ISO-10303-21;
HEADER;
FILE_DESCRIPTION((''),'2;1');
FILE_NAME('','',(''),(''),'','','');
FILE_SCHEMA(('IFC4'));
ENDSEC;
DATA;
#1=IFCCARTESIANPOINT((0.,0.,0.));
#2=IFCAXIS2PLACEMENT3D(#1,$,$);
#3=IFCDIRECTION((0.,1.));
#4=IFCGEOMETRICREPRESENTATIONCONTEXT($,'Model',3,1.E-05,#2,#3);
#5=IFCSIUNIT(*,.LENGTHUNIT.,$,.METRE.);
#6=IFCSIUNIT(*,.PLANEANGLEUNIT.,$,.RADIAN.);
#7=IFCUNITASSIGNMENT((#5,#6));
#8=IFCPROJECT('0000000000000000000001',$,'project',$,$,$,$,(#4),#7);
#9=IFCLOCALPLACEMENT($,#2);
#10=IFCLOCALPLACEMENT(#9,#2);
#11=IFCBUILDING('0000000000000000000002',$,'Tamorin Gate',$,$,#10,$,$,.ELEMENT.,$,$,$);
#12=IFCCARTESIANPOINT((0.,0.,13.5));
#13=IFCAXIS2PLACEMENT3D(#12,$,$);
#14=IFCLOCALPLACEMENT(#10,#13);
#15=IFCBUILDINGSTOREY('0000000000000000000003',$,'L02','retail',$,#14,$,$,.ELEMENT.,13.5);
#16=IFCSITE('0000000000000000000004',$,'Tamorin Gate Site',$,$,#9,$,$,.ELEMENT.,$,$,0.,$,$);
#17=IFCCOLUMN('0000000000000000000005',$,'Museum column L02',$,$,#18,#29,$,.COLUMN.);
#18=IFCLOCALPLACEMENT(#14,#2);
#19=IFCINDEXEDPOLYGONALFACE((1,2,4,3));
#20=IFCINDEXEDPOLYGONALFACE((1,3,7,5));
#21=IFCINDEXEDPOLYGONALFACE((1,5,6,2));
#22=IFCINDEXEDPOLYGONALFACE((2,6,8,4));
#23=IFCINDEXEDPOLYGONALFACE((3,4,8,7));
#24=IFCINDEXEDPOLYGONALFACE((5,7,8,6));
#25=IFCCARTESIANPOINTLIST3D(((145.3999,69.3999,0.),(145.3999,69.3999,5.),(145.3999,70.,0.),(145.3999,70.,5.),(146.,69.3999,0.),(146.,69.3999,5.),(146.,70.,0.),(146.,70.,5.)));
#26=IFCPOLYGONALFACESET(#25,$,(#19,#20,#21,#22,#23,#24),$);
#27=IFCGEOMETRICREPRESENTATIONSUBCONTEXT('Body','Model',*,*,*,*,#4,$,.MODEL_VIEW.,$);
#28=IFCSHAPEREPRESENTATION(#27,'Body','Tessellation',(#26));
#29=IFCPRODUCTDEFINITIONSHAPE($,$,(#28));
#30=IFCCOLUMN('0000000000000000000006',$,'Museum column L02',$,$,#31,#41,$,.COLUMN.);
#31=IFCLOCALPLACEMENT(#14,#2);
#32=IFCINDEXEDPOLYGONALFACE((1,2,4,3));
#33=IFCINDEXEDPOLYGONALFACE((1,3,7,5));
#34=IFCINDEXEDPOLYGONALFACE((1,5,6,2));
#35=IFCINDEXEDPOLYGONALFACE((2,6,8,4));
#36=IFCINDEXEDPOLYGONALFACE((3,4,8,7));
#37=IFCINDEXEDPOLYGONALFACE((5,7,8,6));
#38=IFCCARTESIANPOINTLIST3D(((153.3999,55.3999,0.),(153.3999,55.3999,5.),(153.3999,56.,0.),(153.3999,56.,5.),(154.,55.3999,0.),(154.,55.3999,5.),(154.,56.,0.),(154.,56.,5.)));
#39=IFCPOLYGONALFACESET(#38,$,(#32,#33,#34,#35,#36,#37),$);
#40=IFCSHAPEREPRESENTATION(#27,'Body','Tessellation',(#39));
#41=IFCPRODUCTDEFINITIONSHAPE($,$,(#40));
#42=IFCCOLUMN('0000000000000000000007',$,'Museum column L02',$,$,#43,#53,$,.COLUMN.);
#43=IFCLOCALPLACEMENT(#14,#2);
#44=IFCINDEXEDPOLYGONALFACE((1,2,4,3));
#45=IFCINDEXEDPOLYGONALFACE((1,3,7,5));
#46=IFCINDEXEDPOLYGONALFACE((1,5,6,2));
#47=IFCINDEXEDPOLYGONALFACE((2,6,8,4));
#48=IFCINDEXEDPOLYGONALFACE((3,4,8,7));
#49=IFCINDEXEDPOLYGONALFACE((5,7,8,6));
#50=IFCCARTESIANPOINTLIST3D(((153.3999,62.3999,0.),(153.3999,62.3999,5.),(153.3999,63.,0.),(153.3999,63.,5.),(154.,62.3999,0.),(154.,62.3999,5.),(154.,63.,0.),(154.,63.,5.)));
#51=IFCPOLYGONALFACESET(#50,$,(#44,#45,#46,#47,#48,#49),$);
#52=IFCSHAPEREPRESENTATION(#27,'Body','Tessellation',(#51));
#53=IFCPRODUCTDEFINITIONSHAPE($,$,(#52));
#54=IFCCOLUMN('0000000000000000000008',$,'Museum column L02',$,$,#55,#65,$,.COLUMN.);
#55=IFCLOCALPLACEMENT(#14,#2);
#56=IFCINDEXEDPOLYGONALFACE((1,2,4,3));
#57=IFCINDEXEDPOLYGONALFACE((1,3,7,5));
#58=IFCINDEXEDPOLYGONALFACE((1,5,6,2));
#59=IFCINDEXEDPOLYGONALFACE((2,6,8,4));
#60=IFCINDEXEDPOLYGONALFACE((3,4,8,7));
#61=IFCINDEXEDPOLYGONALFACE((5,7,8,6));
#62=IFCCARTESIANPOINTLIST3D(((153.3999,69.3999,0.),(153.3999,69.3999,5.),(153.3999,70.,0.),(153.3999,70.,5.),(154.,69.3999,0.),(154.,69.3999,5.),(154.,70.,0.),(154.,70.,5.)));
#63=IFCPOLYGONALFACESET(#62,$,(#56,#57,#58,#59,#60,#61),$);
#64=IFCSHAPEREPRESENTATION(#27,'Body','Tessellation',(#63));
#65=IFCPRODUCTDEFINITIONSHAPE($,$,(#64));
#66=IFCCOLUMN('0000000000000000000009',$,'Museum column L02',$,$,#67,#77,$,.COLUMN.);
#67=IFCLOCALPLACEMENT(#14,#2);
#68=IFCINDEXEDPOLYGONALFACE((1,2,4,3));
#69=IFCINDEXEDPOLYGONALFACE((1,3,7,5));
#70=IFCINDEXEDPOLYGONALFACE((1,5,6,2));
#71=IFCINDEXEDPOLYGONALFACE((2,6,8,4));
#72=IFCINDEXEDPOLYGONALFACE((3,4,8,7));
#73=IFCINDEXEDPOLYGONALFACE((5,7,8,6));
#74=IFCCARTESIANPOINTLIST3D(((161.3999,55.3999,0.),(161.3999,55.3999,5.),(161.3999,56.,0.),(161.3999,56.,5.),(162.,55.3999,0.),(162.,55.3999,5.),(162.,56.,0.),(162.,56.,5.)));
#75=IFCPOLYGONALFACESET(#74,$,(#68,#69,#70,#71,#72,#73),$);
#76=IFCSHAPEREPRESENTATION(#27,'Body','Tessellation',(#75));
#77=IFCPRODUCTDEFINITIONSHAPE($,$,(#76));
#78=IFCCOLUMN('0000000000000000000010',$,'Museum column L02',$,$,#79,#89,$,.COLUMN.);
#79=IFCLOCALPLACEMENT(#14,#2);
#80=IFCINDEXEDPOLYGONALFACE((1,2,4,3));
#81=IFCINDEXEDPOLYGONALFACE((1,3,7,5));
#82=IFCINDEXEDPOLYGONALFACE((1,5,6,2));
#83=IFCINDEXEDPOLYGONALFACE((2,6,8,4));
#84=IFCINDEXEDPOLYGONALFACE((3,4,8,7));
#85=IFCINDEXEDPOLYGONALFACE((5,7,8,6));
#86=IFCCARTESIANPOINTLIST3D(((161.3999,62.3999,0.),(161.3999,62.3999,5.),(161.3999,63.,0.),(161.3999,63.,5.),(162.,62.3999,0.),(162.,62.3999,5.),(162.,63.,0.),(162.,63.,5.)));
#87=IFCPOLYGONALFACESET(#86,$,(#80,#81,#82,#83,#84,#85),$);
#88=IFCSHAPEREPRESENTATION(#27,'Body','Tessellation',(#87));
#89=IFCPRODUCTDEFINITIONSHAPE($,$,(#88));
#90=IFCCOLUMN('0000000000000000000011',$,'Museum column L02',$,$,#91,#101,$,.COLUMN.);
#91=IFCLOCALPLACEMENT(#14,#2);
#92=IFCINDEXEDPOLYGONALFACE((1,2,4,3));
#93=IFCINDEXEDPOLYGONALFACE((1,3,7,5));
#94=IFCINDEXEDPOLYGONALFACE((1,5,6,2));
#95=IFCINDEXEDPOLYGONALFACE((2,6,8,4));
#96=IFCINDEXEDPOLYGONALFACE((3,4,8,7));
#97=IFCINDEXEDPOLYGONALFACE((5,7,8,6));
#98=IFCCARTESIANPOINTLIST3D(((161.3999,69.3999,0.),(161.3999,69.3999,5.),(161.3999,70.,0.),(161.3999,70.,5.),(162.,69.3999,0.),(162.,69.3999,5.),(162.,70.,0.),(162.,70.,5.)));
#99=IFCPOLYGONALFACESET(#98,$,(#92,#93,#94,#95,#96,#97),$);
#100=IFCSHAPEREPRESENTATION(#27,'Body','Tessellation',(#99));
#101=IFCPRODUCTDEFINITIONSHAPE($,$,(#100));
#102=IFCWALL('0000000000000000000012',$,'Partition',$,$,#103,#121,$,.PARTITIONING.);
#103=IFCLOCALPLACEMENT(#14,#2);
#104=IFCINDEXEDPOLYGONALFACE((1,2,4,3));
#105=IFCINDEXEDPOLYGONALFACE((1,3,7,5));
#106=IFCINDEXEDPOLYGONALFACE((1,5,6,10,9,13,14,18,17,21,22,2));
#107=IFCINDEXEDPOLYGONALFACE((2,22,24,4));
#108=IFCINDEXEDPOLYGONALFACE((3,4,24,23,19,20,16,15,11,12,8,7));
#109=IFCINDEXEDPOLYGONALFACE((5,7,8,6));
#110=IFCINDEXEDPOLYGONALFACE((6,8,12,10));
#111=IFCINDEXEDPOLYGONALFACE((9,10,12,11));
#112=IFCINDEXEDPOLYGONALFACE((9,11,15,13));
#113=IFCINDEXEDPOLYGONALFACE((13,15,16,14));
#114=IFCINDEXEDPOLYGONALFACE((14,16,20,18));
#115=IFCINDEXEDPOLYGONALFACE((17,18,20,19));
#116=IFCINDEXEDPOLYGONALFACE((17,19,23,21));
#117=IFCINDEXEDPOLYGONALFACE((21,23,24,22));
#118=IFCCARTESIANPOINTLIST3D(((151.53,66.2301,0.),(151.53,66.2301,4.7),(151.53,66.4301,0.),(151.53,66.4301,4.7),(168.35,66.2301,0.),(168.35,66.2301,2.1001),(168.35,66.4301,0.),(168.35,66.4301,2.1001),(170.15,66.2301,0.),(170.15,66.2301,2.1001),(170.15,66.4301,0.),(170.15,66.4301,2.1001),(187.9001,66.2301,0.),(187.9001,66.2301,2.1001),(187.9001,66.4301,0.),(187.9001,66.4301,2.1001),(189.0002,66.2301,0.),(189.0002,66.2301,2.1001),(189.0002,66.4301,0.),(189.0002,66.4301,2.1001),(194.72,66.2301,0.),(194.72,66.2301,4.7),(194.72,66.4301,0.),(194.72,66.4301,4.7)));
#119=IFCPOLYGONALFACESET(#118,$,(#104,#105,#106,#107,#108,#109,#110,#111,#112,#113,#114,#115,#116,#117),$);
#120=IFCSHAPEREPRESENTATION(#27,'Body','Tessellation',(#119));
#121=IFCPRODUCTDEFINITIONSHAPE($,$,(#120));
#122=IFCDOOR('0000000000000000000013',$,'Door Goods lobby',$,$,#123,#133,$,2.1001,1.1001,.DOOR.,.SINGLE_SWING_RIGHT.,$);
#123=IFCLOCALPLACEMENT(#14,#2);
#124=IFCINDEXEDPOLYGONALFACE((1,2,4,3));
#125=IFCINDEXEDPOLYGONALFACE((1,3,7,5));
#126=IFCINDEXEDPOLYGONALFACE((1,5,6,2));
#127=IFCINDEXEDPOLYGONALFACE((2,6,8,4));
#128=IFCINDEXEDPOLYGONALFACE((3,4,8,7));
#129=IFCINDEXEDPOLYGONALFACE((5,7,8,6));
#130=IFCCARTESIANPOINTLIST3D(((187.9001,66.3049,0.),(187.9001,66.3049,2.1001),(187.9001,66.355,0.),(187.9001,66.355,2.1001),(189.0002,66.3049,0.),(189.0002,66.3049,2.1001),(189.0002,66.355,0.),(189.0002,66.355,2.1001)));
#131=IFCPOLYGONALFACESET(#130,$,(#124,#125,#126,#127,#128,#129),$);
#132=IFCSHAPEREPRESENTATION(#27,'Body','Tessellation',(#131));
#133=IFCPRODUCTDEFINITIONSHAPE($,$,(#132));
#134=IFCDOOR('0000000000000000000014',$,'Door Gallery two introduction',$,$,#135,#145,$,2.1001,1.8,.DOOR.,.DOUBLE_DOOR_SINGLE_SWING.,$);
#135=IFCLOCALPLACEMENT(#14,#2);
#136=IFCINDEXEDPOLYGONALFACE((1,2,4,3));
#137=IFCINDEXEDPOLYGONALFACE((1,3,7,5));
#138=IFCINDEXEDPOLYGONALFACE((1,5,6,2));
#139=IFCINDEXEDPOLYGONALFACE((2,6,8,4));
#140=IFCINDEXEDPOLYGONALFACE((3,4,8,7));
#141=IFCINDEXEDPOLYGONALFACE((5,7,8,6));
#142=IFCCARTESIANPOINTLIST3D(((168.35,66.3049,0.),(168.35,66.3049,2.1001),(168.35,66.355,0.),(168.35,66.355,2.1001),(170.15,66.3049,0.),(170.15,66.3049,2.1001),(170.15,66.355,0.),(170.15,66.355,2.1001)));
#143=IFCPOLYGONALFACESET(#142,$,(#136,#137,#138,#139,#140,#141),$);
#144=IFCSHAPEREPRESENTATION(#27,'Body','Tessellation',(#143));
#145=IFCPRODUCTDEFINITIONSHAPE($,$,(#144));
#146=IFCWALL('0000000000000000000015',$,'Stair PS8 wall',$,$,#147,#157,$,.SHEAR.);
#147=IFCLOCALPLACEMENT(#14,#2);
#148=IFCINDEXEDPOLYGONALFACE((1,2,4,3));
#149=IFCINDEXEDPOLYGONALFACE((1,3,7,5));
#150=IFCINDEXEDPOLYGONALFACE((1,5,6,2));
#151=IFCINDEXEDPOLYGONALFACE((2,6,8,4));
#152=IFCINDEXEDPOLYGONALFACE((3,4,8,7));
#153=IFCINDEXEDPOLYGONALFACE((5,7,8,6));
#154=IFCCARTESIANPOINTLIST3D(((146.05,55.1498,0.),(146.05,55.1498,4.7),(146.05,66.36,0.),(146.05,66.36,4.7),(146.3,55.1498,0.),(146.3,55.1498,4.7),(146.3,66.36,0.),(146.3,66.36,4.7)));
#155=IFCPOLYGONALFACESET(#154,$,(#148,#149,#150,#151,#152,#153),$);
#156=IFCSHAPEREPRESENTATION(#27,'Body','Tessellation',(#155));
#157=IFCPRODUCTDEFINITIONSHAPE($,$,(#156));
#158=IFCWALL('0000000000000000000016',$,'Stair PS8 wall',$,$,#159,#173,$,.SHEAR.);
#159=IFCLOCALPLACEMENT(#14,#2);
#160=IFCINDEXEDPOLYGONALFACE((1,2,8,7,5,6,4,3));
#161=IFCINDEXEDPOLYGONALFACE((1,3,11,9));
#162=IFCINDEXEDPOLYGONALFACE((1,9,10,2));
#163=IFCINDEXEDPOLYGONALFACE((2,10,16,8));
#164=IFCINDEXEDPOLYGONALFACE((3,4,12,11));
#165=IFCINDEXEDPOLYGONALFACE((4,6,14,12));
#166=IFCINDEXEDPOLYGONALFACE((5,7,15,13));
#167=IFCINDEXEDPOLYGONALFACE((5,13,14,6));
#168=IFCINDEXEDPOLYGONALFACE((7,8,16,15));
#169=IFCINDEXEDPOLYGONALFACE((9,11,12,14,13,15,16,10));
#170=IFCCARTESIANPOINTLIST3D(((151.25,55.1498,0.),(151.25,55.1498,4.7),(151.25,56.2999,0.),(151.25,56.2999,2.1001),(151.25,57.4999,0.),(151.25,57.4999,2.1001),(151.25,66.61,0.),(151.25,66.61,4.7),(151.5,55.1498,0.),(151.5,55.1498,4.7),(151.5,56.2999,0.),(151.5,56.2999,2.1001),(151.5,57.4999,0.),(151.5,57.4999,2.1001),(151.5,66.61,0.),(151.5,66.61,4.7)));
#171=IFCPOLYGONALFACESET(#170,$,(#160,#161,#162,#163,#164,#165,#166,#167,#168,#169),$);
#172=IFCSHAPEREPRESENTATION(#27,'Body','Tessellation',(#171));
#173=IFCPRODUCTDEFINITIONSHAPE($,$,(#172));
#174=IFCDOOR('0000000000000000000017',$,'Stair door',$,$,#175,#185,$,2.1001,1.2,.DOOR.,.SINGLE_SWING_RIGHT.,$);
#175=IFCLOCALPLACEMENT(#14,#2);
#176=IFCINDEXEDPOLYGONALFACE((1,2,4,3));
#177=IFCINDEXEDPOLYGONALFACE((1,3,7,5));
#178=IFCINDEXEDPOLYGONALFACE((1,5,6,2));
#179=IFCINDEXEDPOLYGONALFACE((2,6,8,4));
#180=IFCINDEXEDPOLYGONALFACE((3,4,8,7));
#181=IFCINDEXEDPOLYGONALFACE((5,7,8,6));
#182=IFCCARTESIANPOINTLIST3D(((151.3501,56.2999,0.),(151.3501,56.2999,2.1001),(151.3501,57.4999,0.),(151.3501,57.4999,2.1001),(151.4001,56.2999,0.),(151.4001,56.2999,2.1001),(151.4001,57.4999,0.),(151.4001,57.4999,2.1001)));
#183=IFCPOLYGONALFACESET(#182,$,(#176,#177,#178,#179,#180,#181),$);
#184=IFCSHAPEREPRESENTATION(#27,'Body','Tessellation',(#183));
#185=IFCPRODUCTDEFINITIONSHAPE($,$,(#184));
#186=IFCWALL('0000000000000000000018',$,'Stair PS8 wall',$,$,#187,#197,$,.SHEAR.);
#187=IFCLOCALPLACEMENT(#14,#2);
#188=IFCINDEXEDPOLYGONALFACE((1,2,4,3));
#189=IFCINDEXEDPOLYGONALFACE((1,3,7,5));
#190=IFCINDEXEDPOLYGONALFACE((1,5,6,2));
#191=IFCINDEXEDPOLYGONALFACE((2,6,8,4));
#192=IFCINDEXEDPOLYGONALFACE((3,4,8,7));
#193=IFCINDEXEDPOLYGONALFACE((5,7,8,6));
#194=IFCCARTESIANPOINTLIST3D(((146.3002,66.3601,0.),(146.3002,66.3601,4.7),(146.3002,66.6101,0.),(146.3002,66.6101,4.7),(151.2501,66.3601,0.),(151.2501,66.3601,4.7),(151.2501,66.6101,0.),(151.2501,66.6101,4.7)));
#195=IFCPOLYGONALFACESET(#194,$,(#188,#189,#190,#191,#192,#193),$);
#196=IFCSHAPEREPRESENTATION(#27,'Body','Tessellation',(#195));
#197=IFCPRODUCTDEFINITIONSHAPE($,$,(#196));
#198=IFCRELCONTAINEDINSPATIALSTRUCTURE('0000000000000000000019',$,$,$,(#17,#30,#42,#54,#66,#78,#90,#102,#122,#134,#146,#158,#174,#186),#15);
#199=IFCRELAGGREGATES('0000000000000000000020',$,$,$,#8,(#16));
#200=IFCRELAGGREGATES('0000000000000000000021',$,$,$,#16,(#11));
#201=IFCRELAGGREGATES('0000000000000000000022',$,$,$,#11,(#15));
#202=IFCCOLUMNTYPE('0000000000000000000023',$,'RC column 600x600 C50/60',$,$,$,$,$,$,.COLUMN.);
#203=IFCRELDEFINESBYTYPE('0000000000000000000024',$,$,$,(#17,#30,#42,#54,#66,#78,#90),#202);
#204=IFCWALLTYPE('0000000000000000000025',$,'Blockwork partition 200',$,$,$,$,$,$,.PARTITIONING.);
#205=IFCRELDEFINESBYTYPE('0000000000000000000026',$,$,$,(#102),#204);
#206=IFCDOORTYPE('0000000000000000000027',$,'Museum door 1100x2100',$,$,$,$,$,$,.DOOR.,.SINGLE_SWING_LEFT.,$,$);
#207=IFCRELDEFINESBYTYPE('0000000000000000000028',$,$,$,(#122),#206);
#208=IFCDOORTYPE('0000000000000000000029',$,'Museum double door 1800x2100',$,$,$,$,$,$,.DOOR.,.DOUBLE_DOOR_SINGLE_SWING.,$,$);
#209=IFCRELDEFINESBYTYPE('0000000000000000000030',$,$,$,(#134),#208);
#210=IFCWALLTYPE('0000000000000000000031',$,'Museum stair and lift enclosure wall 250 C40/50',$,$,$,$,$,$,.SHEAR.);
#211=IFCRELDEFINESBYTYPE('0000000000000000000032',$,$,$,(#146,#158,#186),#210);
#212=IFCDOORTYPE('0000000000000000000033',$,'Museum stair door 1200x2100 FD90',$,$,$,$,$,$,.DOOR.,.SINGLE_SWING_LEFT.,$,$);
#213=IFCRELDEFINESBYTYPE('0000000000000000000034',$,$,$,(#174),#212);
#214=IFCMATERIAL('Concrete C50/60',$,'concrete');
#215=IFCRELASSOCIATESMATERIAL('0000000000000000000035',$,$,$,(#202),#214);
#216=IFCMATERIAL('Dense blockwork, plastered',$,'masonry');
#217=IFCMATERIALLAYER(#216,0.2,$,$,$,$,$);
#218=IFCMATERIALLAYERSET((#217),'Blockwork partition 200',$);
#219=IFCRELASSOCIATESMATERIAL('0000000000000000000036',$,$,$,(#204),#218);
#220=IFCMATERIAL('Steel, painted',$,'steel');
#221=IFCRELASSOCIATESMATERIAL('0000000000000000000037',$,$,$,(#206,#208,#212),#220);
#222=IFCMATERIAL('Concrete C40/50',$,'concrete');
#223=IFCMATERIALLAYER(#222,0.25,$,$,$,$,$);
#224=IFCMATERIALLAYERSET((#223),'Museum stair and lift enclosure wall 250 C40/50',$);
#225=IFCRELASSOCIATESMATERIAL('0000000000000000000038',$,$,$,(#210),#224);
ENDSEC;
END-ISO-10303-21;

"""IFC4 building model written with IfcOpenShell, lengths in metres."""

from ifc_helpers import new_model, si_unit, direction, frame, frame_2d, origin, origin_2d, place, context, subcontext, project, spatial, rectangle, extrude, material, layer, layer_set, material_profile, profile_set, type_object, element, fill, save


model = new_model("IFC4")

# Units and contexts
model_context = context("Model", 3, precision=1e-05, world=origin(), true_north=direction((0.0, 1.0)))
body_context = subcontext(model_context, "Body", "Model", "MODEL_VIEW")
ifc_project = project(units=[si_unit("LENGTHUNIT", "METRE"), si_unit("PLANEANGLEUNIT", "RADIAN")], contexts=[model_context])

# Site, building, storey
site_placement = place(None, origin())
site = spatial("IfcSite", under=ifc_project, at=site_placement, Name="Tamorin Gate Site", CompositionType="ELEMENT", RefElevation=0.0)
building_placement = place(site_placement, origin())
building = spatial("IfcBuilding", under=site, at=building_placement, Name="Tamorin Gate", CompositionType="ELEMENT")
storey_placement = place(building_placement, frame((0.0, 0.0, 13.5)))
storey = spatial("IfcBuildingStorey", under=building, at=storey_placement, Name="L02", Description="retail", CompositionType="ELEMENT", Elevation=13.5)

# Columns
ifc_material_1 = material(Name="Concrete C50/60", Category="concrete")
ifc_material_profile = material_profile(ifc_material_1, rectangle(XDim=0.6001, YDim=0.6001, at=origin_2d()))
ifc_profile_set = profile_set([ifc_material_profile], Name="Concrete C50/60")
column_type = type_object("IfcColumnType", Name="RC column 600x600 C50/60", PredefinedType="COLUMN", material=ifc_profile_set)
for number, where, z_axis, x_axis, name in (
    (1, (145.7, 69.7, 0.0), (0.0, 0.0, 1.0), (1.0, 0.0, 0.0), "Museum column L02"),
    (2, (153.7, 55.7, 0.0), (0.0, 0.0, 1.0), (1.0, 0.0, 0.0), "Museum column L02"),
    (3, (153.7, 62.7, 0.0), (0.0, 0.0, 1.0), (1.0, 0.0, 0.0), "Museum column L02"),
    (4, (153.7, 69.7, 0.0), (0.0, 0.0, 1.0), (1.0, 0.0, 0.0), "Museum column L02"),
    (5, (161.7, 55.7, 0.0), (0.0, 0.0, 1.0), (1.0, 0.0, 0.0), "Museum column L02"),
    (6, (161.7, 62.7, 0.0), (0.0, 0.0, 1.0), (1.0, 0.0, 0.0), "Museum column L02"),
    (7, (161.7, 69.7, 0.0), (0.0, 0.0, 1.0), (1.0, 0.0, 0.0), "Museum column L02"),
):
    element("IfcColumn", number, at=place(storey_placement, frame(where, z_axis=z_axis, x_axis=x_axis)), inside=storey, type_object=column_type, Name=name, PredefinedType="COLUMN", context=body_context, shape_type="SweptSolid", body=[
        extrude(rectangle(XDim=0.6001, YDim=0.6001, at=origin_2d()), origin(), (0.0, 0.0, 1.0), 5.0),
    ])

# Wall, openings, doors
ifc_material_2 = material(Name="Dense blockwork, plastered", Category="masonry")
ifc_layer_1 = layer(ifc_material_2, 0.2)
ifc_layer_set_1 = layer_set([ifc_layer_1], Name="Blockwork partition 200")
wall_type_1 = type_object("IfcWallType", Name="Blockwork partition 200", PredefinedType="PARTITIONING", material=ifc_layer_set_1)
wall_1_placement = place(storey_placement, frame((151.53, 66.3301, 0.0), z_axis=(0.0, 0.0, 1.0), x_axis=(1.0, 0.0, 0.0)))
wall_1 = element("IfcWall", 8, at=wall_1_placement, inside=storey, type_object=wall_type_1, Name="Partition", PredefinedType="PARTITIONING", context=body_context, shape_type="SweptSolid", body=[
    extrude(rectangle(XDim=43.1899, YDim=0.2, at=frame_2d((21.595, 0.0))), origin(), (0.0, 0.0, 1.0), 4.7),
])
opening_1_placement = place(wall_1_placement, frame((16.8201, 0.0, 0.0)))
opening_1 = element("IfcOpeningElement", 9, at=opening_1_placement, cuts=wall_1, PredefinedType="OPENING", context=body_context, shape_type="SweptSolid", body=[
    extrude(rectangle(XDim=1.8, YDim=2.1001, at=frame_2d((0.8999, 1.05))), frame((0.0, 0.1099, 0.0), z_axis=(0.0, -1.0, 0.0), x_axis=(1.0, 0.0, 0.0)), (0.0, 0.0, 1.0), 0.22),
])
opening_2_placement = place(wall_1_placement, frame((36.3701, 0.0, 0.0)))
opening_2 = element("IfcOpeningElement", 10, at=opening_2_placement, cuts=wall_1, PredefinedType="OPENING", context=body_context, shape_type="SweptSolid", body=[
    extrude(rectangle(XDim=1.1001, YDim=2.1001, at=frame_2d((0.55, 1.05))), frame((0.0, 0.1099, 0.0), z_axis=(0.0, -1.0, 0.0), x_axis=(1.0, 0.0, 0.0)), (0.0, 0.0, 1.0), 0.22),
])
ifc_material_3 = material(Name="Steel, painted", Category="steel")
door_type_1 = type_object("IfcDoorType", Name="Museum door 1100x2100", OperationType="SINGLE_SWING_LEFT", PredefinedType="DOOR", material=ifc_material_3)
door_1_placement = place(opening_2_placement, origin())
door_1 = element("IfcDoor", 11, at=door_1_placement, inside=storey, type_object=door_type_1, Name="Door Goods lobby", OperationType="SINGLE_SWING_RIGHT", OverallHeight=2.1001, OverallWidth=1.1001, PredefinedType="DOOR", context=body_context, shape_type="SweptSolid", body=[
    extrude(rectangle(XDim=1.1001, YDim=2.1001, at=frame_2d((0.55, 1.05))), frame((0.0, 0.0249, 0.0), z_axis=(0.0, -1.0, 0.0), x_axis=(1.0, 0.0, 0.0)), (0.0, 0.0, 1.0), 0.05),
])
fill(opening_2, door_1)
door_type_2 = type_object("IfcDoorType", Name="Museum double door 1800x2100", OperationType="DOUBLE_DOOR_SINGLE_SWING", PredefinedType="DOOR", material=ifc_material_3)
door_2_placement = place(opening_1_placement, origin())
door_2 = element("IfcDoor", 12, at=door_2_placement, inside=storey, type_object=door_type_2, Name="Door Gallery two introduction", OperationType="DOUBLE_DOOR_SINGLE_SWING", OverallHeight=2.1001, OverallWidth=1.8, PredefinedType="DOOR", context=body_context, shape_type="SweptSolid", body=[
    extrude(rectangle(XDim=1.8, YDim=2.1001, at=frame_2d((0.8999, 1.05))), frame((0.0, 0.0249, 0.0), z_axis=(0.0, -1.0, 0.0), x_axis=(1.0, 0.0, 0.0)), (0.0, 0.0, 1.0), 0.05),
])
fill(opening_1, door_2)

# Wall
ifc_material_4 = material(Name="Concrete C40/50", Category="concrete")
ifc_layer_2 = layer(ifc_material_4, 0.25)
ifc_layer_set_2 = layer_set([ifc_layer_2], Name="Museum stair and lift enclosure wall 250 C40/50")
wall_type_2 = type_object("IfcWallType", Name="Museum stair and lift enclosure wall 250 C40/50", PredefinedType="SHEAR", material=ifc_layer_set_2)
wall_2_placement = place(storey_placement, frame((146.175, 55.1499, 0.0), z_axis=(0.0, 0.0, 1.0), x_axis=(0.0, 1.0, 0.0)))
element("IfcWall", 13, at=wall_2_placement, inside=storey, type_object=wall_type_2, Name="Stair PS8 wall", PredefinedType="SHEAR", context=body_context, shape_type="SweptSolid", body=[
    extrude(rectangle(XDim=11.2102, YDim=0.25, at=frame_2d((5.605, 0.0))), origin(), (0.0, 0.0, 1.0), 4.7),
])

# Wall, opening, door
wall_3_placement = place(storey_placement, frame((151.375, 55.1499, 0.0), z_axis=(0.0, 0.0, 1.0), x_axis=(0.0, 1.0, 0.0)))
wall_3 = element("IfcWall", 14, at=wall_3_placement, inside=storey, type_object=wall_type_2, Name="Stair PS8 wall", PredefinedType="SHEAR", context=body_context, shape_type="SweptSolid", body=[
    extrude(rectangle(XDim=11.4602, YDim=0.25, at=frame_2d((5.73, 0.0))), origin(), (0.0, 0.0, 1.0), 4.7),
])
opening_3_placement = place(wall_3_placement, frame((1.1499, 0.0, 0.0)))
opening_3 = element("IfcOpeningElement", 15, at=opening_3_placement, cuts=wall_3, PredefinedType="OPENING", context=body_context, shape_type="SweptSolid", body=[
    extrude(rectangle(XDim=1.2, YDim=2.1001, at=frame_2d((0.6001, 1.05))), frame((0.0, 0.135, 0.0), z_axis=(0.0, -1.0, 0.0), x_axis=(1.0, 0.0, 0.0)), (0.0, 0.0, 1.0), 0.27),
])
door_type_3 = type_object("IfcDoorType", Name="Museum stair door 1200x2100 FD90", OperationType="SINGLE_SWING_LEFT", PredefinedType="DOOR", material=ifc_material_3)
door_3_placement = place(opening_3_placement, origin())
door_3 = element("IfcDoor", 16, at=door_3_placement, inside=storey, type_object=door_type_3, Name="Stair door", OperationType="SINGLE_SWING_RIGHT", OverallHeight=2.1001, OverallWidth=1.2, PredefinedType="DOOR", context=body_context, shape_type="SweptSolid", body=[
    extrude(rectangle(XDim=1.2, YDim=2.1001, at=frame_2d((0.6001, 1.05))), frame((0.0, 0.0249, 0.0), z_axis=(0.0, -1.0, 0.0), x_axis=(1.0, 0.0, 0.0)), (0.0, 0.0, 1.0), 0.05),
])
fill(opening_3, door_3)

# Wall
wall_4_placement = place(storey_placement, frame((146.3, 66.4851, 0.0), z_axis=(0.0, 0.0, 1.0), x_axis=(1.0, 0.0, 0.0)))
element("IfcWall", 17, at=wall_4_placement, inside=storey, type_object=wall_type_2, Name="Stair PS8 wall", PredefinedType="SHEAR", context=body_context, shape_type="SweptSolid", body=[
    extrude(rectangle(XDim=4.95, YDim=0.25, at=frame_2d((2.4751, 0.0))), origin(), (0.0, 0.0, 1.0), 4.7),
])

save(model, "model.ifc")
